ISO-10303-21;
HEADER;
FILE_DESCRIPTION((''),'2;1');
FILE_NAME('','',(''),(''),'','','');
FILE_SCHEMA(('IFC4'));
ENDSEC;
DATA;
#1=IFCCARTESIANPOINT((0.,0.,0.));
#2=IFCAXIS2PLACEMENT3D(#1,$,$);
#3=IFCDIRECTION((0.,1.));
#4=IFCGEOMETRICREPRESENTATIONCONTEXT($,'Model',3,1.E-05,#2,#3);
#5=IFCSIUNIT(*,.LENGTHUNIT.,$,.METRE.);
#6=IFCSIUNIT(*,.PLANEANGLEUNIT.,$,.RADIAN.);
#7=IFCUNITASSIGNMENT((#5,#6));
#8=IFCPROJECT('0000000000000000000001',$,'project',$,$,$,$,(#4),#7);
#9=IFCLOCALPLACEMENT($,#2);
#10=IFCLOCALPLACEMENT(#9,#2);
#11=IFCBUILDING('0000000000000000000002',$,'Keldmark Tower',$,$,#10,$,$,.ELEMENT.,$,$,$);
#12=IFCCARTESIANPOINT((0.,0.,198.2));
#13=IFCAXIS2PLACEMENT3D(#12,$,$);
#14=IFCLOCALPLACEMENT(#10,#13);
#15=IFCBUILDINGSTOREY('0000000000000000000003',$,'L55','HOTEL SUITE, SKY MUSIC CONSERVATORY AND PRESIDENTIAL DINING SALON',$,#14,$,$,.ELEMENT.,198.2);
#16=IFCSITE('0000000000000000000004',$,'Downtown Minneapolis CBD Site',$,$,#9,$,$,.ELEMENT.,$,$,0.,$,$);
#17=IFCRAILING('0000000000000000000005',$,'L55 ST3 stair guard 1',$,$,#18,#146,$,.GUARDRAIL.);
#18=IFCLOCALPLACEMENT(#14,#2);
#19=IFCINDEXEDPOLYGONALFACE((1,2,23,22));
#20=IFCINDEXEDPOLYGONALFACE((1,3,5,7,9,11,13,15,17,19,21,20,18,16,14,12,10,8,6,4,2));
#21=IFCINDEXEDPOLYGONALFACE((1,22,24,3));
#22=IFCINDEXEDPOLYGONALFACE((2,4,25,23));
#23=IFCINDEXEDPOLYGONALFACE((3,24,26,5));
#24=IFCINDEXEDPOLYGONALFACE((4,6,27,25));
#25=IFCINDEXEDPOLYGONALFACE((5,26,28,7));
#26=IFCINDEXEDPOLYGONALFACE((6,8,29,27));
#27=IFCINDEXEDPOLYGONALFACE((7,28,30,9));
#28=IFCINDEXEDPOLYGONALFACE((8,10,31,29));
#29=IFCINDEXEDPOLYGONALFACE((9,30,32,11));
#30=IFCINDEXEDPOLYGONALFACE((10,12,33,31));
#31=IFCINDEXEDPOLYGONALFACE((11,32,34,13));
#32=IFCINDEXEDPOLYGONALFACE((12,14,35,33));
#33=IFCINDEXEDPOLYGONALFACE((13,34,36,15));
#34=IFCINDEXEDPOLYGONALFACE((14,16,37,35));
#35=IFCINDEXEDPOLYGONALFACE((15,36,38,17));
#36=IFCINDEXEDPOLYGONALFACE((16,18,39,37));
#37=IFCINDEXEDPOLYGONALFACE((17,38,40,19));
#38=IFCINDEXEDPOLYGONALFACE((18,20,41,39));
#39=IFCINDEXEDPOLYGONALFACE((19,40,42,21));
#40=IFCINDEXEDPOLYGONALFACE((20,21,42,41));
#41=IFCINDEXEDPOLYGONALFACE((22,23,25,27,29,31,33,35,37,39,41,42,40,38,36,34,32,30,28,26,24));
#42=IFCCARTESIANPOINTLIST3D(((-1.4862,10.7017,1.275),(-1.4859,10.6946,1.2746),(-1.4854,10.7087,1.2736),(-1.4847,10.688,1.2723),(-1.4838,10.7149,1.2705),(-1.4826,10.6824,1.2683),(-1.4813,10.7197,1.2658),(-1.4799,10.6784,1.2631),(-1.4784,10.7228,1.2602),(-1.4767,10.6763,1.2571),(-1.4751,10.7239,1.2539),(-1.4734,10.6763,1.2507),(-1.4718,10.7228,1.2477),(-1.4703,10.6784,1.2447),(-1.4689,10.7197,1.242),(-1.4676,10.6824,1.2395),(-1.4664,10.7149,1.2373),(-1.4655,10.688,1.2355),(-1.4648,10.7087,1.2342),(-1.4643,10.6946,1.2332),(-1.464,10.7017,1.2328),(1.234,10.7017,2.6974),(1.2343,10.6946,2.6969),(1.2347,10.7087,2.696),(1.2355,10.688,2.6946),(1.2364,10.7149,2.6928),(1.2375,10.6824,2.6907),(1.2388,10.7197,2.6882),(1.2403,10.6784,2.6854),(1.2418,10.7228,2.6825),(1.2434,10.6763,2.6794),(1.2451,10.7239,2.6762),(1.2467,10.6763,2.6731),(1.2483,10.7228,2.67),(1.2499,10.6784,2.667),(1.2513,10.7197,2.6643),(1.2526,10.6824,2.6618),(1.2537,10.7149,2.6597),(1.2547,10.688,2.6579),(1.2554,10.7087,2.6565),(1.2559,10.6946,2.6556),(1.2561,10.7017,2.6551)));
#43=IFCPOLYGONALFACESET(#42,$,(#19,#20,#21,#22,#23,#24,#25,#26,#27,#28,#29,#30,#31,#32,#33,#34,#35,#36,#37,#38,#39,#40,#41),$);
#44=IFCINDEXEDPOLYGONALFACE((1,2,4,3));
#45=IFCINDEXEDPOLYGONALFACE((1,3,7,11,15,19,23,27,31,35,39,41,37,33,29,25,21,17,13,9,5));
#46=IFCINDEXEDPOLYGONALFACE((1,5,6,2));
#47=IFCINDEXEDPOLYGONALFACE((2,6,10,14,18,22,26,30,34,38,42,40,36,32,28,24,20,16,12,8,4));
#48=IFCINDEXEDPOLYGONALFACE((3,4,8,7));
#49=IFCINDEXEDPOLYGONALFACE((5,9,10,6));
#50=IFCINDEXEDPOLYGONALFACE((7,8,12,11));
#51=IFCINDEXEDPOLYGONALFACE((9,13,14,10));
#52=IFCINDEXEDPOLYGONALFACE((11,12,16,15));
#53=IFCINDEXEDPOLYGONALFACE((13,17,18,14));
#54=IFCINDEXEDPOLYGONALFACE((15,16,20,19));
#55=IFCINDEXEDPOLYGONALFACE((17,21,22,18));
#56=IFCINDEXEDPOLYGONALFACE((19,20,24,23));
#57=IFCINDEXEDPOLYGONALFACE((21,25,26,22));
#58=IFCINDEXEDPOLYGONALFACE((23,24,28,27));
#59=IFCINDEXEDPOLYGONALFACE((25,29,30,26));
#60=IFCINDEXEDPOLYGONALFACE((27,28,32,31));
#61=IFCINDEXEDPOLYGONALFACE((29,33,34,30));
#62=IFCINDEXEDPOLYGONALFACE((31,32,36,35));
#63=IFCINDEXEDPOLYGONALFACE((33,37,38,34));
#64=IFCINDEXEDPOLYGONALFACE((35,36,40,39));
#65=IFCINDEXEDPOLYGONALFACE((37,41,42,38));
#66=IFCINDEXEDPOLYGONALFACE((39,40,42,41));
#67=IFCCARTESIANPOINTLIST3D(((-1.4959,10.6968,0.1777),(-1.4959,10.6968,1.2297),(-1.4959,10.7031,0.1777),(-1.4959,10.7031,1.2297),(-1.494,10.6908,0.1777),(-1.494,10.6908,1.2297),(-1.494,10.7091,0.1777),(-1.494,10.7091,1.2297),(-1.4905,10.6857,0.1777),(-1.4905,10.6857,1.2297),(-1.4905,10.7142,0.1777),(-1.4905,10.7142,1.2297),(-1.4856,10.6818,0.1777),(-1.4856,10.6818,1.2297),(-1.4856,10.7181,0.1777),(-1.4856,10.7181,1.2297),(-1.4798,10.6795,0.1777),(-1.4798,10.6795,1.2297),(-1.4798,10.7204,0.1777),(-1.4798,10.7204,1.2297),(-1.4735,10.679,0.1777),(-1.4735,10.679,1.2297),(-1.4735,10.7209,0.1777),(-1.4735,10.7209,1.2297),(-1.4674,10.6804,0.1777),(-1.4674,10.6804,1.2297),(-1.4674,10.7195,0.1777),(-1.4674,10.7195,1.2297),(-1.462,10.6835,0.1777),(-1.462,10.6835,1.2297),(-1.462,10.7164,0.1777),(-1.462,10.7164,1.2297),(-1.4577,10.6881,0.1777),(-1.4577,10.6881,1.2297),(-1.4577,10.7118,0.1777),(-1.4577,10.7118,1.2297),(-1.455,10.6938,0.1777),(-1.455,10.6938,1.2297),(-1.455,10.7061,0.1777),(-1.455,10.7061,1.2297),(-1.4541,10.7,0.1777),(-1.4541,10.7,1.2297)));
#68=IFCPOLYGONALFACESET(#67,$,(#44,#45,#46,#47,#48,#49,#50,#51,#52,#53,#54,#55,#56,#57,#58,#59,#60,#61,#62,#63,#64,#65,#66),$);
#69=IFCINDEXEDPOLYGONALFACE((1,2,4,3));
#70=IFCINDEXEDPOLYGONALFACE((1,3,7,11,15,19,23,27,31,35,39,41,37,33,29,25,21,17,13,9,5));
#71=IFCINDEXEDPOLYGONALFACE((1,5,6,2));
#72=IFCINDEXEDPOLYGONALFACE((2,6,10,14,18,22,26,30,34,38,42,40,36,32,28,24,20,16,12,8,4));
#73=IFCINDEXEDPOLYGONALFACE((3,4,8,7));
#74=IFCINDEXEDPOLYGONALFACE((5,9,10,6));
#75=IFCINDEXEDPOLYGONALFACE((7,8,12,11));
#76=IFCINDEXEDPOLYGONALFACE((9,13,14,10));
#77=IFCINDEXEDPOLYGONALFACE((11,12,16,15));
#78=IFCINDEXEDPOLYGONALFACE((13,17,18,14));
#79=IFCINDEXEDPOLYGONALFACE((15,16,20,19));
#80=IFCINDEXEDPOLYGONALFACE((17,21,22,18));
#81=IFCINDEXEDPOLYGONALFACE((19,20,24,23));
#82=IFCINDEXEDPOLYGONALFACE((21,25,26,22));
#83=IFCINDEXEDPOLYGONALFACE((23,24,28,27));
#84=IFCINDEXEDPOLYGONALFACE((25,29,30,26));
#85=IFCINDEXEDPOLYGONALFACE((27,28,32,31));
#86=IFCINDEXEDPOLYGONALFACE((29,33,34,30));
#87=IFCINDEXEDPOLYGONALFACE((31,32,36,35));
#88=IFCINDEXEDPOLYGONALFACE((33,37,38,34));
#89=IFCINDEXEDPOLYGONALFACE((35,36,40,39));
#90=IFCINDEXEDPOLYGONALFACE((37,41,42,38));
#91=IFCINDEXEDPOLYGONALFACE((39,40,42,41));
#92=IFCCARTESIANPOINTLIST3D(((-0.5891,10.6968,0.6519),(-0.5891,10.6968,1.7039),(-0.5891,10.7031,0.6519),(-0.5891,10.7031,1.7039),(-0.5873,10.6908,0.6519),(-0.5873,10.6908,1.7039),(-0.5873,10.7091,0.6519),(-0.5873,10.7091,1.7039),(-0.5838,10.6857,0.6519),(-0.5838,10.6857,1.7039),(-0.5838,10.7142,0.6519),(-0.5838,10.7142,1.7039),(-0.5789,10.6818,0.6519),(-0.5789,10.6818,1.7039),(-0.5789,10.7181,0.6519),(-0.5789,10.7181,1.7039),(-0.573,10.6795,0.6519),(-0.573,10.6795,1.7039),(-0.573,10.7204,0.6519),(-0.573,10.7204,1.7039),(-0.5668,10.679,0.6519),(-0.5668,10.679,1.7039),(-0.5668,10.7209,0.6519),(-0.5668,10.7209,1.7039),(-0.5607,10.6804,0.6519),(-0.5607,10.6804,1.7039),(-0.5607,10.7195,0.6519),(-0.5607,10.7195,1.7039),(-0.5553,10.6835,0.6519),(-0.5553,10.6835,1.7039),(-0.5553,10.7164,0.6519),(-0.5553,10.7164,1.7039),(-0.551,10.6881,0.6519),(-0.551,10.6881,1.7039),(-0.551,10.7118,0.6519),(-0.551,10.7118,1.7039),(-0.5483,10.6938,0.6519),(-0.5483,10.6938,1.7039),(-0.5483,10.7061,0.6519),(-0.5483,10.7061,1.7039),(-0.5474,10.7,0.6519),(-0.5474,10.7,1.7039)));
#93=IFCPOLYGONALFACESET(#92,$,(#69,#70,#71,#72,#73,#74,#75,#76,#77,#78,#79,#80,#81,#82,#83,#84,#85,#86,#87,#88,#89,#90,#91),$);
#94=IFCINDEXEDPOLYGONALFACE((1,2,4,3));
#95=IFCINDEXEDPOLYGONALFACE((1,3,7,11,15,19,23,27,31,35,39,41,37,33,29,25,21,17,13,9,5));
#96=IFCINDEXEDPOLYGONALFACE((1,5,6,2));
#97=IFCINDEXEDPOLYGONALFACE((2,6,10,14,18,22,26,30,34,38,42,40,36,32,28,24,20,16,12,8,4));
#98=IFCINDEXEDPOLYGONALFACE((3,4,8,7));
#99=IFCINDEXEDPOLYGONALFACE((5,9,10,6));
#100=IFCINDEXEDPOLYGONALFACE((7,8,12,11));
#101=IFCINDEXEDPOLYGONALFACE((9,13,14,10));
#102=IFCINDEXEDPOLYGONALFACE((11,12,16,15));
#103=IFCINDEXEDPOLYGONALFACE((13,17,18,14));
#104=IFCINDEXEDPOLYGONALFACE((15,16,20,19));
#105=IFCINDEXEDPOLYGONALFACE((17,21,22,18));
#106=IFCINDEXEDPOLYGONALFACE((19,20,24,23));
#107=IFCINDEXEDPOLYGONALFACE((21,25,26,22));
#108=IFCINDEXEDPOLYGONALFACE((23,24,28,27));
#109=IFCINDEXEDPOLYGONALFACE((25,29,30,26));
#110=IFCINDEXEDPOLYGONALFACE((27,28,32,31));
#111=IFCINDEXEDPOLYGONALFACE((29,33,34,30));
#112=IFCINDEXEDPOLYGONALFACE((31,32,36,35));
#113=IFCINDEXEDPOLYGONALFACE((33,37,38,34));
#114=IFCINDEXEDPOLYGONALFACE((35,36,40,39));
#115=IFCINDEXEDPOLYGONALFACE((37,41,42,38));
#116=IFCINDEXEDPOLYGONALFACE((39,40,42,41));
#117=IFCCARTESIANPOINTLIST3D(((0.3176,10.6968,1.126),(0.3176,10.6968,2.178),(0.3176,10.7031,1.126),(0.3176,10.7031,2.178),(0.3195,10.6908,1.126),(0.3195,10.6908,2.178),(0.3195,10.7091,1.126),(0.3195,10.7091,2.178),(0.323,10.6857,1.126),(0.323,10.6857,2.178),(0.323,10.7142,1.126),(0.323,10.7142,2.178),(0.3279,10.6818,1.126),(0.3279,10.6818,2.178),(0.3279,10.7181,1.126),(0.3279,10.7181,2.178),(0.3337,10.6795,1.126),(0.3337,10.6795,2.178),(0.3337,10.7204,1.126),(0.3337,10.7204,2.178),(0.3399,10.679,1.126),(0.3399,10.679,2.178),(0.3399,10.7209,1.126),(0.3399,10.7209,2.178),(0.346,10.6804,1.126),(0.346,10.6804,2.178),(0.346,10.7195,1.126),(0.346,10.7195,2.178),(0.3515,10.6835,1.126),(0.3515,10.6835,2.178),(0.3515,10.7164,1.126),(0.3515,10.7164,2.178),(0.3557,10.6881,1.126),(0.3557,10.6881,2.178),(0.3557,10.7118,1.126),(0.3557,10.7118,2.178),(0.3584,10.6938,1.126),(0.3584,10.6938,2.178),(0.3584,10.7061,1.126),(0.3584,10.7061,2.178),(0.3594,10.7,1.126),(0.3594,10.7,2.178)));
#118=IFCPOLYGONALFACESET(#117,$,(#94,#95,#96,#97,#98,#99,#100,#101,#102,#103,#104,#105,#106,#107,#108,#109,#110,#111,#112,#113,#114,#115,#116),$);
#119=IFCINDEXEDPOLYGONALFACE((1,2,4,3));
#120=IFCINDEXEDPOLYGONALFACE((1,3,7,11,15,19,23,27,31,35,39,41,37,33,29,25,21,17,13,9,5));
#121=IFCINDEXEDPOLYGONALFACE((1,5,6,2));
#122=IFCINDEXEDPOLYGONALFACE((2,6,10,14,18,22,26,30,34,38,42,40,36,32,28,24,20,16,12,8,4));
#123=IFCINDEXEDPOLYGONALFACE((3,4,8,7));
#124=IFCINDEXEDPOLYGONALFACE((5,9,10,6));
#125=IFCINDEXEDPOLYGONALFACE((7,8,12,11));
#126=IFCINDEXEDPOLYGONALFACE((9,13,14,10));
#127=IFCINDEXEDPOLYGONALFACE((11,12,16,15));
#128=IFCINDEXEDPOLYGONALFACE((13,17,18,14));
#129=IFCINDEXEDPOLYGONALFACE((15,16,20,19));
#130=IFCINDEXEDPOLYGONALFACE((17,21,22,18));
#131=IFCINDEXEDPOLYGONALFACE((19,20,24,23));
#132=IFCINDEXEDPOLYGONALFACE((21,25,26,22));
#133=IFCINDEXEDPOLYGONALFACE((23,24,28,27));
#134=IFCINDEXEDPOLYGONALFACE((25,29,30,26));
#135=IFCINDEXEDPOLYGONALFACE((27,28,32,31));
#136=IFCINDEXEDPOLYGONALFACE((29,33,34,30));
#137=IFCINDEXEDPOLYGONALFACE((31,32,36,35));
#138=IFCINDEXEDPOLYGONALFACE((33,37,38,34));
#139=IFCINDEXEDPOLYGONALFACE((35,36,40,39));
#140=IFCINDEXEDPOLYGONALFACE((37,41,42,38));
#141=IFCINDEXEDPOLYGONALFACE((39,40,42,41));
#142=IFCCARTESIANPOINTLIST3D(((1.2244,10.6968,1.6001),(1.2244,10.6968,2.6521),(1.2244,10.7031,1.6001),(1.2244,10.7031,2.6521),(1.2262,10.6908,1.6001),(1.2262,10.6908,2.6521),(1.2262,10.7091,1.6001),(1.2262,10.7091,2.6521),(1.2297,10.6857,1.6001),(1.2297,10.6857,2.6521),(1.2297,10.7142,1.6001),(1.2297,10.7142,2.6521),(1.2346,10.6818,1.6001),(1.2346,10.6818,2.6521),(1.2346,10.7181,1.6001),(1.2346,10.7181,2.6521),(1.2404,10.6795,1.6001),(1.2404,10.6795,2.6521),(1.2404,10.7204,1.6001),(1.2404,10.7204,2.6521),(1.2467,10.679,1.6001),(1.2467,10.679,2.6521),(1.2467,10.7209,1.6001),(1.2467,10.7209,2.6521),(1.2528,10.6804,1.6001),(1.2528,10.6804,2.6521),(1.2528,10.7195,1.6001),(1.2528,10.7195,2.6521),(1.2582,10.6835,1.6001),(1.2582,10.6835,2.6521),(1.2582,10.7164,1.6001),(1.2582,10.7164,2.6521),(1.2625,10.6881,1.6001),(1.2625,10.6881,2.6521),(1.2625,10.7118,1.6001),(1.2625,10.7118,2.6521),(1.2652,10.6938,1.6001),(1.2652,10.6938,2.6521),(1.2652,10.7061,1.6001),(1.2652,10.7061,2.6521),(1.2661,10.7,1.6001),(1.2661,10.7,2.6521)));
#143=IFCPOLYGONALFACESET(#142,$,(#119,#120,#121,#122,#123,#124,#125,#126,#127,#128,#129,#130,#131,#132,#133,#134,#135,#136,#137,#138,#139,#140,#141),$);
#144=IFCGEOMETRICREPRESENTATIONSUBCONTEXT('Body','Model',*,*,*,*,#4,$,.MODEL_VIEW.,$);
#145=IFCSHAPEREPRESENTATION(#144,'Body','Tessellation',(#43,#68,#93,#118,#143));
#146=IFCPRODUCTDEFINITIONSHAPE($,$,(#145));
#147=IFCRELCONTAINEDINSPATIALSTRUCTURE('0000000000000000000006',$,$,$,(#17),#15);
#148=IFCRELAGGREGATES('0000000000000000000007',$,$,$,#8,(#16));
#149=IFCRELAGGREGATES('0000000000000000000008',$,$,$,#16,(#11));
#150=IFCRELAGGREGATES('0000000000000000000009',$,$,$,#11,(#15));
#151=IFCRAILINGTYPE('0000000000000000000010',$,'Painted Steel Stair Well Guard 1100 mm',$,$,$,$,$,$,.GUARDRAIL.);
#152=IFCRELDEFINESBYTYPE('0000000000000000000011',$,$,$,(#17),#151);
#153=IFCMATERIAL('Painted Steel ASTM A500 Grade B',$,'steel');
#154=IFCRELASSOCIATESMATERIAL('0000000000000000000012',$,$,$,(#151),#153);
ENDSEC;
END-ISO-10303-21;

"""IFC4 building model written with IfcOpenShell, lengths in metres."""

from ifc_helpers import new_model, si_unit, direction, frame, origin, origin_2d, place, context, subcontext, project, spatial, circle, extrude, material, type_object, element, save


model = new_model("IFC4")

# Units and contexts
model_context = context("Model", 3, precision=1e-05, world=origin(), true_north=direction((0.0, 1.0)))
body_context = subcontext(model_context, "Body", "Model", "MODEL_VIEW")
ifc_project = project(units=[si_unit("LENGTHUNIT", "METRE"), si_unit("PLANEANGLEUNIT", "RADIAN")], contexts=[model_context])

# Site, building, storey
site_placement = place(None, origin())
site = spatial("IfcSite", under=ifc_project, at=site_placement, Name="Downtown Minneapolis CBD Site", CompositionType="ELEMENT", RefElevation=0.0)
building_placement = place(site_placement, origin())
building = spatial("IfcBuilding", under=site, at=building_placement, Name="Keldmark Tower", CompositionType="ELEMENT")
storey_placement = place(building_placement, frame((0.0, 0.0, 198.2)))
storey = spatial("IfcBuildingStorey", under=building, at=storey_placement, Name="L55", Description="HOTEL SUITE, SKY MUSIC CONSERVATORY AND PRESIDENTIAL DINING SALON", CompositionType="ELEMENT", Elevation=198.2)

# Railing
ifc_material_1 = material(Name="Painted Steel ASTM A500 Grade B", Category="steel")
railing_type_1 = type_object("IfcRailingType", Name="Painted Steel Stair Well Guard 1100 mm", PredefinedType="GUARDRAIL", material=ifc_material_1)
railing_1_placement = place(storey_placement, frame((-1.4751, 10.7, 0.1777)))
element("IfcRailing", 1, at=railing_1_placement, inside=storey, type_object=railing_type_1, Name="L55 ST3 stair guard 1", PredefinedType="GUARDRAIL", context=body_context, shape_type="SweptSolid", body=[
    extrude(circle(Radius=0.0239, at=origin_2d()), frame((0.0, 0.0, 1.0762), z_axis=(0.886168, 0.0, 0.463365), x_axis=(0.0, 1.0, 0.0)), (0.0, 0.0, 1.0), 3.0696),
    extrude(circle(Radius=0.021, at=origin_2d()), origin(), (0.0, 0.0, 1.0), 1.052),
    extrude(circle(Radius=0.021, at=origin_2d()), frame((0.9067, 0.0, 0.4741)), (0.0, 0.0, 1.0), 1.052),
    extrude(circle(Radius=0.021, at=origin_2d()), frame((1.8135, 0.0, 0.9482)), (0.0, 0.0, 1.0), 1.052),
    extrude(circle(Radius=0.021, at=origin_2d()), frame((2.7202, 0.0, 1.4224)), (0.0, 0.0, 1.0), 1.052),
])

save(model, "model.ifc")
